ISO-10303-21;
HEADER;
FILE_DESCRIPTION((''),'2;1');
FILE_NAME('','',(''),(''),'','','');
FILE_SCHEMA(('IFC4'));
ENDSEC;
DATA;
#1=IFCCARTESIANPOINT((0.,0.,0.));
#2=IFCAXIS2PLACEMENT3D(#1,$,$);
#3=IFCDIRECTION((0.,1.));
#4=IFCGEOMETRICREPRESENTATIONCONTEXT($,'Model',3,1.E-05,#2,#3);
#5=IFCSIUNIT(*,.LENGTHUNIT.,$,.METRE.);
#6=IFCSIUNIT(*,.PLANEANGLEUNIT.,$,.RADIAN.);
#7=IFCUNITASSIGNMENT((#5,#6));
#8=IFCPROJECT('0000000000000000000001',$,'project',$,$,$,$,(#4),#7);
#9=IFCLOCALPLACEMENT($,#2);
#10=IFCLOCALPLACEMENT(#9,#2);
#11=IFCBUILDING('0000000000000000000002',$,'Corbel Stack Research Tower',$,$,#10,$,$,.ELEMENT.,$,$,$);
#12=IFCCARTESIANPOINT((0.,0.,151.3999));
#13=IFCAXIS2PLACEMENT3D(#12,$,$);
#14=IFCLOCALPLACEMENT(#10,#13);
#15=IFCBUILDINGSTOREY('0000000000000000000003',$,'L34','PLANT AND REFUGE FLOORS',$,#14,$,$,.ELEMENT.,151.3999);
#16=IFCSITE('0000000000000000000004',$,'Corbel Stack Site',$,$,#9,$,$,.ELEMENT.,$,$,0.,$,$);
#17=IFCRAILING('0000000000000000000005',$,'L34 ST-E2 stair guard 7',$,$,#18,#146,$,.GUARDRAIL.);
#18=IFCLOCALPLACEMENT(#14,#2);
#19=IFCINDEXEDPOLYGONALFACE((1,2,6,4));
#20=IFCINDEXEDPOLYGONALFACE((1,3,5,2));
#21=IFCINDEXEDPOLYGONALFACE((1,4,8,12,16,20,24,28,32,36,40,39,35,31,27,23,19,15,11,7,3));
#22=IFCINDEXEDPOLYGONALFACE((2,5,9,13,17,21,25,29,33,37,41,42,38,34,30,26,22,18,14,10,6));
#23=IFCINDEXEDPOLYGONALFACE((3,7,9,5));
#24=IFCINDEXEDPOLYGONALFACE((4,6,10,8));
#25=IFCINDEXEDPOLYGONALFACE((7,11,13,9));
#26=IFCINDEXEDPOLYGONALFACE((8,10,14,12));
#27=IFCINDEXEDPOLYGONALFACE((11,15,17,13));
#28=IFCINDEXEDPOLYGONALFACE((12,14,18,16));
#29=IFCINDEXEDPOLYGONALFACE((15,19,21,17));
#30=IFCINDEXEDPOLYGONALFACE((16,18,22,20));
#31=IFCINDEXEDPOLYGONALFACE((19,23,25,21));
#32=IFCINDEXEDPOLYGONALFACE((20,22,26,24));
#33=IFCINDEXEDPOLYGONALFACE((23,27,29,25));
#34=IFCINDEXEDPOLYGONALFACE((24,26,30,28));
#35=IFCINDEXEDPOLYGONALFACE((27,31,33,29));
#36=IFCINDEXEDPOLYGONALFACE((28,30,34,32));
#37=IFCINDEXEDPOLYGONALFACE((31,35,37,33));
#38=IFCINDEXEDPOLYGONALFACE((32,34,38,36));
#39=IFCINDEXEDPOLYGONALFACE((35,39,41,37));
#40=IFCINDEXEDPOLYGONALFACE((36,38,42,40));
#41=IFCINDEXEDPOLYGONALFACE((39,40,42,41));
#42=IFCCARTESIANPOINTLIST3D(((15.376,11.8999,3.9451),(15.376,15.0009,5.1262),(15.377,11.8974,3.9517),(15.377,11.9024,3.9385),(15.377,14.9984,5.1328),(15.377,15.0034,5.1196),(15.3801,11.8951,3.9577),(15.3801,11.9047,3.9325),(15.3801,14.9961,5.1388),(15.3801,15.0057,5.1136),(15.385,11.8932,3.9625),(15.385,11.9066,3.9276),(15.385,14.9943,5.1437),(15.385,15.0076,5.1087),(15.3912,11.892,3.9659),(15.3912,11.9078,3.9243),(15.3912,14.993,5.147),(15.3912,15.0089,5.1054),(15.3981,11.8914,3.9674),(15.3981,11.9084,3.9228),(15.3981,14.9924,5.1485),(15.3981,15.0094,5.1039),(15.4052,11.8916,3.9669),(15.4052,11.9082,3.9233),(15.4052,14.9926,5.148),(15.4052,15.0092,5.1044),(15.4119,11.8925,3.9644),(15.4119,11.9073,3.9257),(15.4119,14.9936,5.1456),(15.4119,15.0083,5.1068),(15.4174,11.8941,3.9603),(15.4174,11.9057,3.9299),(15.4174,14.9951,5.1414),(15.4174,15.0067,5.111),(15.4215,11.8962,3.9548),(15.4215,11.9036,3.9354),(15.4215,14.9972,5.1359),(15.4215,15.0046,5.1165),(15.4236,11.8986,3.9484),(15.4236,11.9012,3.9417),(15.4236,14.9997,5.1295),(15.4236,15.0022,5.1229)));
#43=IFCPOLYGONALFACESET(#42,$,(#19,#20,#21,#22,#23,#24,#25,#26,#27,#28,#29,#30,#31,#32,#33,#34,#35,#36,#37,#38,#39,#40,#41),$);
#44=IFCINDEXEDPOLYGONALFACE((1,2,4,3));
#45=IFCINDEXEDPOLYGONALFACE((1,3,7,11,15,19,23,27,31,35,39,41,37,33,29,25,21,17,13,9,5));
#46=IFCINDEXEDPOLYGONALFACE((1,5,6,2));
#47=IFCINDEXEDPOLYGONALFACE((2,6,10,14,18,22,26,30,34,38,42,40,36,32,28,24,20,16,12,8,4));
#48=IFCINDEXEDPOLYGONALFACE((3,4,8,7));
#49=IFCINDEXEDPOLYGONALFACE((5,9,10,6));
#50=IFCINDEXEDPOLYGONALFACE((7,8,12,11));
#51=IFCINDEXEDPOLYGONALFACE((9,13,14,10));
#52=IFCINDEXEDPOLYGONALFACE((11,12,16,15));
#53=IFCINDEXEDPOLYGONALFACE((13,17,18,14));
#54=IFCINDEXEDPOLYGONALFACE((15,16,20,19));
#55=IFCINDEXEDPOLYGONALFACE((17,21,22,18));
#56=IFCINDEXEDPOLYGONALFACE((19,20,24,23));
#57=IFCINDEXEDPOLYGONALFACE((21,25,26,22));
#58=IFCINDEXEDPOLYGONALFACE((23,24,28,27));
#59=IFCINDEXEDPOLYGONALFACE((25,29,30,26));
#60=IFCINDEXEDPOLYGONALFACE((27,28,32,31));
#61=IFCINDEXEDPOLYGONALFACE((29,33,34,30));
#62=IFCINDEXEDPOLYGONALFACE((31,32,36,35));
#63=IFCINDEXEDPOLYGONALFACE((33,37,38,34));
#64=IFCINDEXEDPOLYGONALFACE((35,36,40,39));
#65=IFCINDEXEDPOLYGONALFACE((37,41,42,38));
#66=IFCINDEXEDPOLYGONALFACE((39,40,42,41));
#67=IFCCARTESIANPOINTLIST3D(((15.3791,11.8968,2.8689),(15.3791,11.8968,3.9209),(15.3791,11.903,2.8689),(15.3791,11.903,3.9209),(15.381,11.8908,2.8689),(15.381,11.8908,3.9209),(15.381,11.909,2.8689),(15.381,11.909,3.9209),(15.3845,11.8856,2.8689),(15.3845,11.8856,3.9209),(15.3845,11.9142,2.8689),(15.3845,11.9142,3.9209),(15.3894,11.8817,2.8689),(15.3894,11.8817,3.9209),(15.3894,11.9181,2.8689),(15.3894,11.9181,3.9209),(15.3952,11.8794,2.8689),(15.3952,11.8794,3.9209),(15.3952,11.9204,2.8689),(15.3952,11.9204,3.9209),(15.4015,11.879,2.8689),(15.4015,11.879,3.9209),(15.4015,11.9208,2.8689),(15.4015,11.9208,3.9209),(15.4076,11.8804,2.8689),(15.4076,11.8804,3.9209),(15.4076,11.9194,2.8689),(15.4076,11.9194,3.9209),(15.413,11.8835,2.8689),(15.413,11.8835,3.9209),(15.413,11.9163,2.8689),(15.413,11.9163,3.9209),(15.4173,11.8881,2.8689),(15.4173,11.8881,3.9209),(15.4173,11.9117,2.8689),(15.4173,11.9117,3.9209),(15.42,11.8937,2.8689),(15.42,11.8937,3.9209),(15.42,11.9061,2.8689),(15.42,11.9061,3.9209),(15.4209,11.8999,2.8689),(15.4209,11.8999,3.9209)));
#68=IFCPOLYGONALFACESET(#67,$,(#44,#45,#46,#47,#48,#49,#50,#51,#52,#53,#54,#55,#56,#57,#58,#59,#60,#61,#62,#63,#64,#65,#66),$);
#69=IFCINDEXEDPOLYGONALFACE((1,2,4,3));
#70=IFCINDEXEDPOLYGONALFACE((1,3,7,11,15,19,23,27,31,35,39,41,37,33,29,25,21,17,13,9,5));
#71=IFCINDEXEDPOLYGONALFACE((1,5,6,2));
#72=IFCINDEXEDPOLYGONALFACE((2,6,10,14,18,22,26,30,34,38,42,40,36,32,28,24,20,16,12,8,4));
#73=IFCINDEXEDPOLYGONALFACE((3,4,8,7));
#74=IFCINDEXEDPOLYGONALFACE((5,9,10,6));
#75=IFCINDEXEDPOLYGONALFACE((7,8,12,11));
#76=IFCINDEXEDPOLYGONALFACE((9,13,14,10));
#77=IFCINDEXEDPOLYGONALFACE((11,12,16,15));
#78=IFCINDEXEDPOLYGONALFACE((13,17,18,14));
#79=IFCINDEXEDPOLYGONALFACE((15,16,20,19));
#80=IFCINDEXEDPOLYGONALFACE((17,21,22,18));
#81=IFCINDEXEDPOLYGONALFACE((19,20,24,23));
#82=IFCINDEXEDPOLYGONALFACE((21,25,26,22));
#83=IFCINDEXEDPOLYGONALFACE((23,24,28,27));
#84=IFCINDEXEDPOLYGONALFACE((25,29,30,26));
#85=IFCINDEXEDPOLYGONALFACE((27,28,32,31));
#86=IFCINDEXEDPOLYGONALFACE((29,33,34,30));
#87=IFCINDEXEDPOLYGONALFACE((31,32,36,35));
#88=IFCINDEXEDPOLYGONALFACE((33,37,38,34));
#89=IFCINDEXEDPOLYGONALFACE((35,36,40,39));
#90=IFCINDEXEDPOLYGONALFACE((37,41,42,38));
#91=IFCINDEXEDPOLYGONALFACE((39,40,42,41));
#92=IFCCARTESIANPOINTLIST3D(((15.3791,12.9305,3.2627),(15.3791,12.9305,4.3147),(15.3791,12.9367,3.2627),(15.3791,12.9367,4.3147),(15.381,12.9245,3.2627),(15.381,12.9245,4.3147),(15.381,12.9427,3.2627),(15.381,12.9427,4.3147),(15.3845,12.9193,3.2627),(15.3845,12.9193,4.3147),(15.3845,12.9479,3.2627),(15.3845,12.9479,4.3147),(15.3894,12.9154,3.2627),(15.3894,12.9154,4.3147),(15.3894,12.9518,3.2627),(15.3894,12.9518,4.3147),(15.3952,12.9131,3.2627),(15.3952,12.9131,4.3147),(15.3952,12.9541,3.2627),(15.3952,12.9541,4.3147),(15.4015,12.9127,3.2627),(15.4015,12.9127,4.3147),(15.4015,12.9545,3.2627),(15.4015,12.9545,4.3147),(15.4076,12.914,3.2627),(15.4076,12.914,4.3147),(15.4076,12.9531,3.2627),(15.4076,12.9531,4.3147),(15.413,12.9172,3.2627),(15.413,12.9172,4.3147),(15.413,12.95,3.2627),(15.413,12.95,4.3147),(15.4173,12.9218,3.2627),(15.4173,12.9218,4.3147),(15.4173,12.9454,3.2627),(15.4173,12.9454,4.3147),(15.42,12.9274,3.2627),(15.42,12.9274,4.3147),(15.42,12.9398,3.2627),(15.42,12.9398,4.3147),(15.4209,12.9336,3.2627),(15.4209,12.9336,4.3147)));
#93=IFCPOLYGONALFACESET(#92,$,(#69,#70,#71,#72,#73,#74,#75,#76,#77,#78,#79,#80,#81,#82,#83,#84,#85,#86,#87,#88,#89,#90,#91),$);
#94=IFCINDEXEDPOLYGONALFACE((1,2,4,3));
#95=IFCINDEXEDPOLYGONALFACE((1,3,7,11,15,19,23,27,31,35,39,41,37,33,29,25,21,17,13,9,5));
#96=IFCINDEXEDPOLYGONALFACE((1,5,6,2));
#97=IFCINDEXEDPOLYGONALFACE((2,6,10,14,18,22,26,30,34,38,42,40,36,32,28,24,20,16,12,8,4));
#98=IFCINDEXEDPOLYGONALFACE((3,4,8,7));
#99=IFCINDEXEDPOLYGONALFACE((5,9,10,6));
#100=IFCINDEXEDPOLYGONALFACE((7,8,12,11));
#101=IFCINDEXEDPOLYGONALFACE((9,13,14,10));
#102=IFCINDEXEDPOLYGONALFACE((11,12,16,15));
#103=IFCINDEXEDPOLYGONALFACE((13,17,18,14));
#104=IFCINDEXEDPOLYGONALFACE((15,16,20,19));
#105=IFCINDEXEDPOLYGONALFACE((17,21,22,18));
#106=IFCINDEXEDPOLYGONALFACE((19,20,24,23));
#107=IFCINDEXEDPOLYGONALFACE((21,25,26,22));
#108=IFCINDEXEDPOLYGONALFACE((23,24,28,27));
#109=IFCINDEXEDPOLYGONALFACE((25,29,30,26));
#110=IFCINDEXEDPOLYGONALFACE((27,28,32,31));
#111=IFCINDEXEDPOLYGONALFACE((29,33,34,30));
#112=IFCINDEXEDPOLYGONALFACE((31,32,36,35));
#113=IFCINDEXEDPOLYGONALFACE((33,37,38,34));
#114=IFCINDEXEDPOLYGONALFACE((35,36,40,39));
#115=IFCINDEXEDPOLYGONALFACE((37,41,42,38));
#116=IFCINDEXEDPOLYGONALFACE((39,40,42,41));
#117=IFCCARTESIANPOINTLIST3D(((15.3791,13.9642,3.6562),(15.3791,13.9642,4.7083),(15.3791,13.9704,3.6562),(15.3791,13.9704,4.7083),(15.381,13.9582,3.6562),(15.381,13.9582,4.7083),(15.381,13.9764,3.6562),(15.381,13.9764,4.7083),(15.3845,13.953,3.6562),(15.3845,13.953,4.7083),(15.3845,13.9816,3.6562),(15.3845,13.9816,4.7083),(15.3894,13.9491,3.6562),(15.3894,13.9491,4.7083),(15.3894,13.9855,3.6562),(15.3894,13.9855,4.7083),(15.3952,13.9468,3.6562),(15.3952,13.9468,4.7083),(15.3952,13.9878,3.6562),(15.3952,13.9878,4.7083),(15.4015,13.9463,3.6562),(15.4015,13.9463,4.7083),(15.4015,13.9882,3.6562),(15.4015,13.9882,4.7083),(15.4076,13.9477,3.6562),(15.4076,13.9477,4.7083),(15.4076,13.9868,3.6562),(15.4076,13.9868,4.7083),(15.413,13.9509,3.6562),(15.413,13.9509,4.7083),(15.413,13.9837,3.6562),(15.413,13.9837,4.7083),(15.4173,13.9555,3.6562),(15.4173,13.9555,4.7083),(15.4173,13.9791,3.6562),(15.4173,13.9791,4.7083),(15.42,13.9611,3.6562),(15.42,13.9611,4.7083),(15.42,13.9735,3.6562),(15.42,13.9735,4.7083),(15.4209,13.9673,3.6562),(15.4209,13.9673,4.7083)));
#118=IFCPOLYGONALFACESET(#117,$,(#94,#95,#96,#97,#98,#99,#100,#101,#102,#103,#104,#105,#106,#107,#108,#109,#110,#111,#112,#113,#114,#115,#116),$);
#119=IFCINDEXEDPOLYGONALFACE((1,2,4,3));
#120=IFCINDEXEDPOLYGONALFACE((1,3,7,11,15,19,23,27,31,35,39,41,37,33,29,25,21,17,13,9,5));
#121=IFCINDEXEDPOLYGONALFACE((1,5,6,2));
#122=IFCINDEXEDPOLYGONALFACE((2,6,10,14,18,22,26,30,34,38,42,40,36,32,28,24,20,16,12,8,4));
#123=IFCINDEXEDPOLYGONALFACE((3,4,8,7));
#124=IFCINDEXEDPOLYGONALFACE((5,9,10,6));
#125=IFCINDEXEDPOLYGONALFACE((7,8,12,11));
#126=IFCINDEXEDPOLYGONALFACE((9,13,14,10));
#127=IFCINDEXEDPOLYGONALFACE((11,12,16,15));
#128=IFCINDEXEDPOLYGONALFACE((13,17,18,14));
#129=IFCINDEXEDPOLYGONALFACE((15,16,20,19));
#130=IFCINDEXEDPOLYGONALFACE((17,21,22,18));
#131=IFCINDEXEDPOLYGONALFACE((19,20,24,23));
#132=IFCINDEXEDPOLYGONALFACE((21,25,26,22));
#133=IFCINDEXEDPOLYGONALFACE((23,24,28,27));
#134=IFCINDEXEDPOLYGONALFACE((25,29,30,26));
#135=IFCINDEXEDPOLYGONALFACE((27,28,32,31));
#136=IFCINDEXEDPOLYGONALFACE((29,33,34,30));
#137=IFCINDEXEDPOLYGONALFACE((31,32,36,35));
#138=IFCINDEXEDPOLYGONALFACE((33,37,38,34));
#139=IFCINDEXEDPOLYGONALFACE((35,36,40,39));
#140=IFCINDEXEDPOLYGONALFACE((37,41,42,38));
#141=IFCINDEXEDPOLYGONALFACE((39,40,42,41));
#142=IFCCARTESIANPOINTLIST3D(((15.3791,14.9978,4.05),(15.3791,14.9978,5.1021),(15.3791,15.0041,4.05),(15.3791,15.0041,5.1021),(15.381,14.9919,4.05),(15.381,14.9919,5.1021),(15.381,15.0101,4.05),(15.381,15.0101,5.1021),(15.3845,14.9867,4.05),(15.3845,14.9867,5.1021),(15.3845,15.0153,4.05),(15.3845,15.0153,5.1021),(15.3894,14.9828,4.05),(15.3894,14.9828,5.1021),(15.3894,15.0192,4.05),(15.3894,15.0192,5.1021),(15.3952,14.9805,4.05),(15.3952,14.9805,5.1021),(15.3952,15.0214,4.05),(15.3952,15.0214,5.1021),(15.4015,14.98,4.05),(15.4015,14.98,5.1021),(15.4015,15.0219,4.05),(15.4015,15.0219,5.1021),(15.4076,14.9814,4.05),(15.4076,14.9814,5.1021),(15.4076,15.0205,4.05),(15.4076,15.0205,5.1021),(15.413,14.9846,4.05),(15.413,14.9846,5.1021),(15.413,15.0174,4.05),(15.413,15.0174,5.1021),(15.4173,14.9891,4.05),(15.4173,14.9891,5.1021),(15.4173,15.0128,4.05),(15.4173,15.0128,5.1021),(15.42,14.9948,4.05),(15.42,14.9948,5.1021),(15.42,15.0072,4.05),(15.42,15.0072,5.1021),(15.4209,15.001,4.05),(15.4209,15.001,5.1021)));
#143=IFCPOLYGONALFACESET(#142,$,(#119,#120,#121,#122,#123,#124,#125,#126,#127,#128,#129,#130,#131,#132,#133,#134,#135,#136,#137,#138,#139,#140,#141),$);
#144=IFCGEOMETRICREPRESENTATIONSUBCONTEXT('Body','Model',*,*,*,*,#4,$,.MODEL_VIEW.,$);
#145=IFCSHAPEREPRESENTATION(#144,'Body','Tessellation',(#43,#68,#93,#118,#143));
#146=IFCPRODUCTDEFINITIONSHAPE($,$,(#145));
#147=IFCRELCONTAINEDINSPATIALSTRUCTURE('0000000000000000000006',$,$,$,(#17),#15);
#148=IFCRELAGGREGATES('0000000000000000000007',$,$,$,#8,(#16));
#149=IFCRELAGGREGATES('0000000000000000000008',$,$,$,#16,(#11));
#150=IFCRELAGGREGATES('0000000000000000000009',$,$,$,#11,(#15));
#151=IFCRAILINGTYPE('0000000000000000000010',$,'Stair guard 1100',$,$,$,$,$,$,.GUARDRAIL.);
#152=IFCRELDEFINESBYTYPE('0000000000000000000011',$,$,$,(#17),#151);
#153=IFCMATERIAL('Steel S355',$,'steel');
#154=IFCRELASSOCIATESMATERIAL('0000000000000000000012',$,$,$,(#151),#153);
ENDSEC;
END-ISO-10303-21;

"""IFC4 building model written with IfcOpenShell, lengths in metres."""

from ifc_helpers import new_model, si_unit, direction, frame, origin, origin_2d, place, context, subcontext, project, spatial, circle, extrude, material, type_object, element, save


model = new_model("IFC4")

# Units and contexts
model_context = context("Model", 3, precision=1e-05, world=origin(), true_north=direction((0.0, 1.0)))
body_context = subcontext(model_context, "Body", "Model", "MODEL_VIEW")
ifc_project = project(units=[si_unit("LENGTHUNIT", "METRE"), si_unit("PLANEANGLEUNIT", "RADIAN")], contexts=[model_context])

# Site, building, storey
site_placement = place(None, origin())
site = spatial("IfcSite", under=ifc_project, at=site_placement, Name="Corbel Stack Site", CompositionType="ELEMENT", RefElevation=0.0)
building_placement = place(site_placement, origin())
building = spatial("IfcBuilding", under=site, at=building_placement, Name="Corbel Stack Research Tower", CompositionType="ELEMENT")
storey_placement = place(building_placement, frame((0.0, 0.0, 151.3999)))
storey = spatial("IfcBuildingStorey", under=building, at=storey_placement, Name="L34", Description="PLANT AND REFUGE FLOORS", CompositionType="ELEMENT", Elevation=151.3999)

# Railing
ifc_material_1 = material(Name="Steel S355", Category="steel")
railing_type_1 = type_object("IfcRailingType", Name="Stair guard 1100", PredefinedType="GUARDRAIL", material=ifc_material_1)
railing_1_placement = place(storey_placement, frame((15.3999, 11.8999, 2.8689)))
element("IfcRailing", 1, at=railing_1_placement, inside=storey, type_object=railing_type_1, Name="L34 ST-E2 stair guard 7", PredefinedType="GUARDRAIL", context=body_context, shape_type="SweptSolid", body=[
    extrude(circle(Radius=0.0239, at=origin_2d()), frame((0.0, 0.0, 1.0762), z_axis=(0.0, 0.934509, 0.35594), x_axis=(-1.0, 0.0, 0.0)), (0.0, 0.0, 1.0), 3.3184),
    extrude(circle(Radius=0.021, at=origin_2d()), origin(), (0.0, 0.0, 1.0), 1.052),
    extrude(circle(Radius=0.021, at=origin_2d()), frame((0.0, 1.0337, 0.3938)), (0.0, 0.0, 1.0), 1.052),
    extrude(circle(Radius=0.021, at=origin_2d()), frame((0.0, 2.0674, 0.7874)), (0.0, 0.0, 1.0), 1.052),
    extrude(circle(Radius=0.021, at=origin_2d()), frame((0.0, 3.1011, 1.1812)), (0.0, 0.0, 1.0), 1.052),
])

save(model, "model.ifc")
